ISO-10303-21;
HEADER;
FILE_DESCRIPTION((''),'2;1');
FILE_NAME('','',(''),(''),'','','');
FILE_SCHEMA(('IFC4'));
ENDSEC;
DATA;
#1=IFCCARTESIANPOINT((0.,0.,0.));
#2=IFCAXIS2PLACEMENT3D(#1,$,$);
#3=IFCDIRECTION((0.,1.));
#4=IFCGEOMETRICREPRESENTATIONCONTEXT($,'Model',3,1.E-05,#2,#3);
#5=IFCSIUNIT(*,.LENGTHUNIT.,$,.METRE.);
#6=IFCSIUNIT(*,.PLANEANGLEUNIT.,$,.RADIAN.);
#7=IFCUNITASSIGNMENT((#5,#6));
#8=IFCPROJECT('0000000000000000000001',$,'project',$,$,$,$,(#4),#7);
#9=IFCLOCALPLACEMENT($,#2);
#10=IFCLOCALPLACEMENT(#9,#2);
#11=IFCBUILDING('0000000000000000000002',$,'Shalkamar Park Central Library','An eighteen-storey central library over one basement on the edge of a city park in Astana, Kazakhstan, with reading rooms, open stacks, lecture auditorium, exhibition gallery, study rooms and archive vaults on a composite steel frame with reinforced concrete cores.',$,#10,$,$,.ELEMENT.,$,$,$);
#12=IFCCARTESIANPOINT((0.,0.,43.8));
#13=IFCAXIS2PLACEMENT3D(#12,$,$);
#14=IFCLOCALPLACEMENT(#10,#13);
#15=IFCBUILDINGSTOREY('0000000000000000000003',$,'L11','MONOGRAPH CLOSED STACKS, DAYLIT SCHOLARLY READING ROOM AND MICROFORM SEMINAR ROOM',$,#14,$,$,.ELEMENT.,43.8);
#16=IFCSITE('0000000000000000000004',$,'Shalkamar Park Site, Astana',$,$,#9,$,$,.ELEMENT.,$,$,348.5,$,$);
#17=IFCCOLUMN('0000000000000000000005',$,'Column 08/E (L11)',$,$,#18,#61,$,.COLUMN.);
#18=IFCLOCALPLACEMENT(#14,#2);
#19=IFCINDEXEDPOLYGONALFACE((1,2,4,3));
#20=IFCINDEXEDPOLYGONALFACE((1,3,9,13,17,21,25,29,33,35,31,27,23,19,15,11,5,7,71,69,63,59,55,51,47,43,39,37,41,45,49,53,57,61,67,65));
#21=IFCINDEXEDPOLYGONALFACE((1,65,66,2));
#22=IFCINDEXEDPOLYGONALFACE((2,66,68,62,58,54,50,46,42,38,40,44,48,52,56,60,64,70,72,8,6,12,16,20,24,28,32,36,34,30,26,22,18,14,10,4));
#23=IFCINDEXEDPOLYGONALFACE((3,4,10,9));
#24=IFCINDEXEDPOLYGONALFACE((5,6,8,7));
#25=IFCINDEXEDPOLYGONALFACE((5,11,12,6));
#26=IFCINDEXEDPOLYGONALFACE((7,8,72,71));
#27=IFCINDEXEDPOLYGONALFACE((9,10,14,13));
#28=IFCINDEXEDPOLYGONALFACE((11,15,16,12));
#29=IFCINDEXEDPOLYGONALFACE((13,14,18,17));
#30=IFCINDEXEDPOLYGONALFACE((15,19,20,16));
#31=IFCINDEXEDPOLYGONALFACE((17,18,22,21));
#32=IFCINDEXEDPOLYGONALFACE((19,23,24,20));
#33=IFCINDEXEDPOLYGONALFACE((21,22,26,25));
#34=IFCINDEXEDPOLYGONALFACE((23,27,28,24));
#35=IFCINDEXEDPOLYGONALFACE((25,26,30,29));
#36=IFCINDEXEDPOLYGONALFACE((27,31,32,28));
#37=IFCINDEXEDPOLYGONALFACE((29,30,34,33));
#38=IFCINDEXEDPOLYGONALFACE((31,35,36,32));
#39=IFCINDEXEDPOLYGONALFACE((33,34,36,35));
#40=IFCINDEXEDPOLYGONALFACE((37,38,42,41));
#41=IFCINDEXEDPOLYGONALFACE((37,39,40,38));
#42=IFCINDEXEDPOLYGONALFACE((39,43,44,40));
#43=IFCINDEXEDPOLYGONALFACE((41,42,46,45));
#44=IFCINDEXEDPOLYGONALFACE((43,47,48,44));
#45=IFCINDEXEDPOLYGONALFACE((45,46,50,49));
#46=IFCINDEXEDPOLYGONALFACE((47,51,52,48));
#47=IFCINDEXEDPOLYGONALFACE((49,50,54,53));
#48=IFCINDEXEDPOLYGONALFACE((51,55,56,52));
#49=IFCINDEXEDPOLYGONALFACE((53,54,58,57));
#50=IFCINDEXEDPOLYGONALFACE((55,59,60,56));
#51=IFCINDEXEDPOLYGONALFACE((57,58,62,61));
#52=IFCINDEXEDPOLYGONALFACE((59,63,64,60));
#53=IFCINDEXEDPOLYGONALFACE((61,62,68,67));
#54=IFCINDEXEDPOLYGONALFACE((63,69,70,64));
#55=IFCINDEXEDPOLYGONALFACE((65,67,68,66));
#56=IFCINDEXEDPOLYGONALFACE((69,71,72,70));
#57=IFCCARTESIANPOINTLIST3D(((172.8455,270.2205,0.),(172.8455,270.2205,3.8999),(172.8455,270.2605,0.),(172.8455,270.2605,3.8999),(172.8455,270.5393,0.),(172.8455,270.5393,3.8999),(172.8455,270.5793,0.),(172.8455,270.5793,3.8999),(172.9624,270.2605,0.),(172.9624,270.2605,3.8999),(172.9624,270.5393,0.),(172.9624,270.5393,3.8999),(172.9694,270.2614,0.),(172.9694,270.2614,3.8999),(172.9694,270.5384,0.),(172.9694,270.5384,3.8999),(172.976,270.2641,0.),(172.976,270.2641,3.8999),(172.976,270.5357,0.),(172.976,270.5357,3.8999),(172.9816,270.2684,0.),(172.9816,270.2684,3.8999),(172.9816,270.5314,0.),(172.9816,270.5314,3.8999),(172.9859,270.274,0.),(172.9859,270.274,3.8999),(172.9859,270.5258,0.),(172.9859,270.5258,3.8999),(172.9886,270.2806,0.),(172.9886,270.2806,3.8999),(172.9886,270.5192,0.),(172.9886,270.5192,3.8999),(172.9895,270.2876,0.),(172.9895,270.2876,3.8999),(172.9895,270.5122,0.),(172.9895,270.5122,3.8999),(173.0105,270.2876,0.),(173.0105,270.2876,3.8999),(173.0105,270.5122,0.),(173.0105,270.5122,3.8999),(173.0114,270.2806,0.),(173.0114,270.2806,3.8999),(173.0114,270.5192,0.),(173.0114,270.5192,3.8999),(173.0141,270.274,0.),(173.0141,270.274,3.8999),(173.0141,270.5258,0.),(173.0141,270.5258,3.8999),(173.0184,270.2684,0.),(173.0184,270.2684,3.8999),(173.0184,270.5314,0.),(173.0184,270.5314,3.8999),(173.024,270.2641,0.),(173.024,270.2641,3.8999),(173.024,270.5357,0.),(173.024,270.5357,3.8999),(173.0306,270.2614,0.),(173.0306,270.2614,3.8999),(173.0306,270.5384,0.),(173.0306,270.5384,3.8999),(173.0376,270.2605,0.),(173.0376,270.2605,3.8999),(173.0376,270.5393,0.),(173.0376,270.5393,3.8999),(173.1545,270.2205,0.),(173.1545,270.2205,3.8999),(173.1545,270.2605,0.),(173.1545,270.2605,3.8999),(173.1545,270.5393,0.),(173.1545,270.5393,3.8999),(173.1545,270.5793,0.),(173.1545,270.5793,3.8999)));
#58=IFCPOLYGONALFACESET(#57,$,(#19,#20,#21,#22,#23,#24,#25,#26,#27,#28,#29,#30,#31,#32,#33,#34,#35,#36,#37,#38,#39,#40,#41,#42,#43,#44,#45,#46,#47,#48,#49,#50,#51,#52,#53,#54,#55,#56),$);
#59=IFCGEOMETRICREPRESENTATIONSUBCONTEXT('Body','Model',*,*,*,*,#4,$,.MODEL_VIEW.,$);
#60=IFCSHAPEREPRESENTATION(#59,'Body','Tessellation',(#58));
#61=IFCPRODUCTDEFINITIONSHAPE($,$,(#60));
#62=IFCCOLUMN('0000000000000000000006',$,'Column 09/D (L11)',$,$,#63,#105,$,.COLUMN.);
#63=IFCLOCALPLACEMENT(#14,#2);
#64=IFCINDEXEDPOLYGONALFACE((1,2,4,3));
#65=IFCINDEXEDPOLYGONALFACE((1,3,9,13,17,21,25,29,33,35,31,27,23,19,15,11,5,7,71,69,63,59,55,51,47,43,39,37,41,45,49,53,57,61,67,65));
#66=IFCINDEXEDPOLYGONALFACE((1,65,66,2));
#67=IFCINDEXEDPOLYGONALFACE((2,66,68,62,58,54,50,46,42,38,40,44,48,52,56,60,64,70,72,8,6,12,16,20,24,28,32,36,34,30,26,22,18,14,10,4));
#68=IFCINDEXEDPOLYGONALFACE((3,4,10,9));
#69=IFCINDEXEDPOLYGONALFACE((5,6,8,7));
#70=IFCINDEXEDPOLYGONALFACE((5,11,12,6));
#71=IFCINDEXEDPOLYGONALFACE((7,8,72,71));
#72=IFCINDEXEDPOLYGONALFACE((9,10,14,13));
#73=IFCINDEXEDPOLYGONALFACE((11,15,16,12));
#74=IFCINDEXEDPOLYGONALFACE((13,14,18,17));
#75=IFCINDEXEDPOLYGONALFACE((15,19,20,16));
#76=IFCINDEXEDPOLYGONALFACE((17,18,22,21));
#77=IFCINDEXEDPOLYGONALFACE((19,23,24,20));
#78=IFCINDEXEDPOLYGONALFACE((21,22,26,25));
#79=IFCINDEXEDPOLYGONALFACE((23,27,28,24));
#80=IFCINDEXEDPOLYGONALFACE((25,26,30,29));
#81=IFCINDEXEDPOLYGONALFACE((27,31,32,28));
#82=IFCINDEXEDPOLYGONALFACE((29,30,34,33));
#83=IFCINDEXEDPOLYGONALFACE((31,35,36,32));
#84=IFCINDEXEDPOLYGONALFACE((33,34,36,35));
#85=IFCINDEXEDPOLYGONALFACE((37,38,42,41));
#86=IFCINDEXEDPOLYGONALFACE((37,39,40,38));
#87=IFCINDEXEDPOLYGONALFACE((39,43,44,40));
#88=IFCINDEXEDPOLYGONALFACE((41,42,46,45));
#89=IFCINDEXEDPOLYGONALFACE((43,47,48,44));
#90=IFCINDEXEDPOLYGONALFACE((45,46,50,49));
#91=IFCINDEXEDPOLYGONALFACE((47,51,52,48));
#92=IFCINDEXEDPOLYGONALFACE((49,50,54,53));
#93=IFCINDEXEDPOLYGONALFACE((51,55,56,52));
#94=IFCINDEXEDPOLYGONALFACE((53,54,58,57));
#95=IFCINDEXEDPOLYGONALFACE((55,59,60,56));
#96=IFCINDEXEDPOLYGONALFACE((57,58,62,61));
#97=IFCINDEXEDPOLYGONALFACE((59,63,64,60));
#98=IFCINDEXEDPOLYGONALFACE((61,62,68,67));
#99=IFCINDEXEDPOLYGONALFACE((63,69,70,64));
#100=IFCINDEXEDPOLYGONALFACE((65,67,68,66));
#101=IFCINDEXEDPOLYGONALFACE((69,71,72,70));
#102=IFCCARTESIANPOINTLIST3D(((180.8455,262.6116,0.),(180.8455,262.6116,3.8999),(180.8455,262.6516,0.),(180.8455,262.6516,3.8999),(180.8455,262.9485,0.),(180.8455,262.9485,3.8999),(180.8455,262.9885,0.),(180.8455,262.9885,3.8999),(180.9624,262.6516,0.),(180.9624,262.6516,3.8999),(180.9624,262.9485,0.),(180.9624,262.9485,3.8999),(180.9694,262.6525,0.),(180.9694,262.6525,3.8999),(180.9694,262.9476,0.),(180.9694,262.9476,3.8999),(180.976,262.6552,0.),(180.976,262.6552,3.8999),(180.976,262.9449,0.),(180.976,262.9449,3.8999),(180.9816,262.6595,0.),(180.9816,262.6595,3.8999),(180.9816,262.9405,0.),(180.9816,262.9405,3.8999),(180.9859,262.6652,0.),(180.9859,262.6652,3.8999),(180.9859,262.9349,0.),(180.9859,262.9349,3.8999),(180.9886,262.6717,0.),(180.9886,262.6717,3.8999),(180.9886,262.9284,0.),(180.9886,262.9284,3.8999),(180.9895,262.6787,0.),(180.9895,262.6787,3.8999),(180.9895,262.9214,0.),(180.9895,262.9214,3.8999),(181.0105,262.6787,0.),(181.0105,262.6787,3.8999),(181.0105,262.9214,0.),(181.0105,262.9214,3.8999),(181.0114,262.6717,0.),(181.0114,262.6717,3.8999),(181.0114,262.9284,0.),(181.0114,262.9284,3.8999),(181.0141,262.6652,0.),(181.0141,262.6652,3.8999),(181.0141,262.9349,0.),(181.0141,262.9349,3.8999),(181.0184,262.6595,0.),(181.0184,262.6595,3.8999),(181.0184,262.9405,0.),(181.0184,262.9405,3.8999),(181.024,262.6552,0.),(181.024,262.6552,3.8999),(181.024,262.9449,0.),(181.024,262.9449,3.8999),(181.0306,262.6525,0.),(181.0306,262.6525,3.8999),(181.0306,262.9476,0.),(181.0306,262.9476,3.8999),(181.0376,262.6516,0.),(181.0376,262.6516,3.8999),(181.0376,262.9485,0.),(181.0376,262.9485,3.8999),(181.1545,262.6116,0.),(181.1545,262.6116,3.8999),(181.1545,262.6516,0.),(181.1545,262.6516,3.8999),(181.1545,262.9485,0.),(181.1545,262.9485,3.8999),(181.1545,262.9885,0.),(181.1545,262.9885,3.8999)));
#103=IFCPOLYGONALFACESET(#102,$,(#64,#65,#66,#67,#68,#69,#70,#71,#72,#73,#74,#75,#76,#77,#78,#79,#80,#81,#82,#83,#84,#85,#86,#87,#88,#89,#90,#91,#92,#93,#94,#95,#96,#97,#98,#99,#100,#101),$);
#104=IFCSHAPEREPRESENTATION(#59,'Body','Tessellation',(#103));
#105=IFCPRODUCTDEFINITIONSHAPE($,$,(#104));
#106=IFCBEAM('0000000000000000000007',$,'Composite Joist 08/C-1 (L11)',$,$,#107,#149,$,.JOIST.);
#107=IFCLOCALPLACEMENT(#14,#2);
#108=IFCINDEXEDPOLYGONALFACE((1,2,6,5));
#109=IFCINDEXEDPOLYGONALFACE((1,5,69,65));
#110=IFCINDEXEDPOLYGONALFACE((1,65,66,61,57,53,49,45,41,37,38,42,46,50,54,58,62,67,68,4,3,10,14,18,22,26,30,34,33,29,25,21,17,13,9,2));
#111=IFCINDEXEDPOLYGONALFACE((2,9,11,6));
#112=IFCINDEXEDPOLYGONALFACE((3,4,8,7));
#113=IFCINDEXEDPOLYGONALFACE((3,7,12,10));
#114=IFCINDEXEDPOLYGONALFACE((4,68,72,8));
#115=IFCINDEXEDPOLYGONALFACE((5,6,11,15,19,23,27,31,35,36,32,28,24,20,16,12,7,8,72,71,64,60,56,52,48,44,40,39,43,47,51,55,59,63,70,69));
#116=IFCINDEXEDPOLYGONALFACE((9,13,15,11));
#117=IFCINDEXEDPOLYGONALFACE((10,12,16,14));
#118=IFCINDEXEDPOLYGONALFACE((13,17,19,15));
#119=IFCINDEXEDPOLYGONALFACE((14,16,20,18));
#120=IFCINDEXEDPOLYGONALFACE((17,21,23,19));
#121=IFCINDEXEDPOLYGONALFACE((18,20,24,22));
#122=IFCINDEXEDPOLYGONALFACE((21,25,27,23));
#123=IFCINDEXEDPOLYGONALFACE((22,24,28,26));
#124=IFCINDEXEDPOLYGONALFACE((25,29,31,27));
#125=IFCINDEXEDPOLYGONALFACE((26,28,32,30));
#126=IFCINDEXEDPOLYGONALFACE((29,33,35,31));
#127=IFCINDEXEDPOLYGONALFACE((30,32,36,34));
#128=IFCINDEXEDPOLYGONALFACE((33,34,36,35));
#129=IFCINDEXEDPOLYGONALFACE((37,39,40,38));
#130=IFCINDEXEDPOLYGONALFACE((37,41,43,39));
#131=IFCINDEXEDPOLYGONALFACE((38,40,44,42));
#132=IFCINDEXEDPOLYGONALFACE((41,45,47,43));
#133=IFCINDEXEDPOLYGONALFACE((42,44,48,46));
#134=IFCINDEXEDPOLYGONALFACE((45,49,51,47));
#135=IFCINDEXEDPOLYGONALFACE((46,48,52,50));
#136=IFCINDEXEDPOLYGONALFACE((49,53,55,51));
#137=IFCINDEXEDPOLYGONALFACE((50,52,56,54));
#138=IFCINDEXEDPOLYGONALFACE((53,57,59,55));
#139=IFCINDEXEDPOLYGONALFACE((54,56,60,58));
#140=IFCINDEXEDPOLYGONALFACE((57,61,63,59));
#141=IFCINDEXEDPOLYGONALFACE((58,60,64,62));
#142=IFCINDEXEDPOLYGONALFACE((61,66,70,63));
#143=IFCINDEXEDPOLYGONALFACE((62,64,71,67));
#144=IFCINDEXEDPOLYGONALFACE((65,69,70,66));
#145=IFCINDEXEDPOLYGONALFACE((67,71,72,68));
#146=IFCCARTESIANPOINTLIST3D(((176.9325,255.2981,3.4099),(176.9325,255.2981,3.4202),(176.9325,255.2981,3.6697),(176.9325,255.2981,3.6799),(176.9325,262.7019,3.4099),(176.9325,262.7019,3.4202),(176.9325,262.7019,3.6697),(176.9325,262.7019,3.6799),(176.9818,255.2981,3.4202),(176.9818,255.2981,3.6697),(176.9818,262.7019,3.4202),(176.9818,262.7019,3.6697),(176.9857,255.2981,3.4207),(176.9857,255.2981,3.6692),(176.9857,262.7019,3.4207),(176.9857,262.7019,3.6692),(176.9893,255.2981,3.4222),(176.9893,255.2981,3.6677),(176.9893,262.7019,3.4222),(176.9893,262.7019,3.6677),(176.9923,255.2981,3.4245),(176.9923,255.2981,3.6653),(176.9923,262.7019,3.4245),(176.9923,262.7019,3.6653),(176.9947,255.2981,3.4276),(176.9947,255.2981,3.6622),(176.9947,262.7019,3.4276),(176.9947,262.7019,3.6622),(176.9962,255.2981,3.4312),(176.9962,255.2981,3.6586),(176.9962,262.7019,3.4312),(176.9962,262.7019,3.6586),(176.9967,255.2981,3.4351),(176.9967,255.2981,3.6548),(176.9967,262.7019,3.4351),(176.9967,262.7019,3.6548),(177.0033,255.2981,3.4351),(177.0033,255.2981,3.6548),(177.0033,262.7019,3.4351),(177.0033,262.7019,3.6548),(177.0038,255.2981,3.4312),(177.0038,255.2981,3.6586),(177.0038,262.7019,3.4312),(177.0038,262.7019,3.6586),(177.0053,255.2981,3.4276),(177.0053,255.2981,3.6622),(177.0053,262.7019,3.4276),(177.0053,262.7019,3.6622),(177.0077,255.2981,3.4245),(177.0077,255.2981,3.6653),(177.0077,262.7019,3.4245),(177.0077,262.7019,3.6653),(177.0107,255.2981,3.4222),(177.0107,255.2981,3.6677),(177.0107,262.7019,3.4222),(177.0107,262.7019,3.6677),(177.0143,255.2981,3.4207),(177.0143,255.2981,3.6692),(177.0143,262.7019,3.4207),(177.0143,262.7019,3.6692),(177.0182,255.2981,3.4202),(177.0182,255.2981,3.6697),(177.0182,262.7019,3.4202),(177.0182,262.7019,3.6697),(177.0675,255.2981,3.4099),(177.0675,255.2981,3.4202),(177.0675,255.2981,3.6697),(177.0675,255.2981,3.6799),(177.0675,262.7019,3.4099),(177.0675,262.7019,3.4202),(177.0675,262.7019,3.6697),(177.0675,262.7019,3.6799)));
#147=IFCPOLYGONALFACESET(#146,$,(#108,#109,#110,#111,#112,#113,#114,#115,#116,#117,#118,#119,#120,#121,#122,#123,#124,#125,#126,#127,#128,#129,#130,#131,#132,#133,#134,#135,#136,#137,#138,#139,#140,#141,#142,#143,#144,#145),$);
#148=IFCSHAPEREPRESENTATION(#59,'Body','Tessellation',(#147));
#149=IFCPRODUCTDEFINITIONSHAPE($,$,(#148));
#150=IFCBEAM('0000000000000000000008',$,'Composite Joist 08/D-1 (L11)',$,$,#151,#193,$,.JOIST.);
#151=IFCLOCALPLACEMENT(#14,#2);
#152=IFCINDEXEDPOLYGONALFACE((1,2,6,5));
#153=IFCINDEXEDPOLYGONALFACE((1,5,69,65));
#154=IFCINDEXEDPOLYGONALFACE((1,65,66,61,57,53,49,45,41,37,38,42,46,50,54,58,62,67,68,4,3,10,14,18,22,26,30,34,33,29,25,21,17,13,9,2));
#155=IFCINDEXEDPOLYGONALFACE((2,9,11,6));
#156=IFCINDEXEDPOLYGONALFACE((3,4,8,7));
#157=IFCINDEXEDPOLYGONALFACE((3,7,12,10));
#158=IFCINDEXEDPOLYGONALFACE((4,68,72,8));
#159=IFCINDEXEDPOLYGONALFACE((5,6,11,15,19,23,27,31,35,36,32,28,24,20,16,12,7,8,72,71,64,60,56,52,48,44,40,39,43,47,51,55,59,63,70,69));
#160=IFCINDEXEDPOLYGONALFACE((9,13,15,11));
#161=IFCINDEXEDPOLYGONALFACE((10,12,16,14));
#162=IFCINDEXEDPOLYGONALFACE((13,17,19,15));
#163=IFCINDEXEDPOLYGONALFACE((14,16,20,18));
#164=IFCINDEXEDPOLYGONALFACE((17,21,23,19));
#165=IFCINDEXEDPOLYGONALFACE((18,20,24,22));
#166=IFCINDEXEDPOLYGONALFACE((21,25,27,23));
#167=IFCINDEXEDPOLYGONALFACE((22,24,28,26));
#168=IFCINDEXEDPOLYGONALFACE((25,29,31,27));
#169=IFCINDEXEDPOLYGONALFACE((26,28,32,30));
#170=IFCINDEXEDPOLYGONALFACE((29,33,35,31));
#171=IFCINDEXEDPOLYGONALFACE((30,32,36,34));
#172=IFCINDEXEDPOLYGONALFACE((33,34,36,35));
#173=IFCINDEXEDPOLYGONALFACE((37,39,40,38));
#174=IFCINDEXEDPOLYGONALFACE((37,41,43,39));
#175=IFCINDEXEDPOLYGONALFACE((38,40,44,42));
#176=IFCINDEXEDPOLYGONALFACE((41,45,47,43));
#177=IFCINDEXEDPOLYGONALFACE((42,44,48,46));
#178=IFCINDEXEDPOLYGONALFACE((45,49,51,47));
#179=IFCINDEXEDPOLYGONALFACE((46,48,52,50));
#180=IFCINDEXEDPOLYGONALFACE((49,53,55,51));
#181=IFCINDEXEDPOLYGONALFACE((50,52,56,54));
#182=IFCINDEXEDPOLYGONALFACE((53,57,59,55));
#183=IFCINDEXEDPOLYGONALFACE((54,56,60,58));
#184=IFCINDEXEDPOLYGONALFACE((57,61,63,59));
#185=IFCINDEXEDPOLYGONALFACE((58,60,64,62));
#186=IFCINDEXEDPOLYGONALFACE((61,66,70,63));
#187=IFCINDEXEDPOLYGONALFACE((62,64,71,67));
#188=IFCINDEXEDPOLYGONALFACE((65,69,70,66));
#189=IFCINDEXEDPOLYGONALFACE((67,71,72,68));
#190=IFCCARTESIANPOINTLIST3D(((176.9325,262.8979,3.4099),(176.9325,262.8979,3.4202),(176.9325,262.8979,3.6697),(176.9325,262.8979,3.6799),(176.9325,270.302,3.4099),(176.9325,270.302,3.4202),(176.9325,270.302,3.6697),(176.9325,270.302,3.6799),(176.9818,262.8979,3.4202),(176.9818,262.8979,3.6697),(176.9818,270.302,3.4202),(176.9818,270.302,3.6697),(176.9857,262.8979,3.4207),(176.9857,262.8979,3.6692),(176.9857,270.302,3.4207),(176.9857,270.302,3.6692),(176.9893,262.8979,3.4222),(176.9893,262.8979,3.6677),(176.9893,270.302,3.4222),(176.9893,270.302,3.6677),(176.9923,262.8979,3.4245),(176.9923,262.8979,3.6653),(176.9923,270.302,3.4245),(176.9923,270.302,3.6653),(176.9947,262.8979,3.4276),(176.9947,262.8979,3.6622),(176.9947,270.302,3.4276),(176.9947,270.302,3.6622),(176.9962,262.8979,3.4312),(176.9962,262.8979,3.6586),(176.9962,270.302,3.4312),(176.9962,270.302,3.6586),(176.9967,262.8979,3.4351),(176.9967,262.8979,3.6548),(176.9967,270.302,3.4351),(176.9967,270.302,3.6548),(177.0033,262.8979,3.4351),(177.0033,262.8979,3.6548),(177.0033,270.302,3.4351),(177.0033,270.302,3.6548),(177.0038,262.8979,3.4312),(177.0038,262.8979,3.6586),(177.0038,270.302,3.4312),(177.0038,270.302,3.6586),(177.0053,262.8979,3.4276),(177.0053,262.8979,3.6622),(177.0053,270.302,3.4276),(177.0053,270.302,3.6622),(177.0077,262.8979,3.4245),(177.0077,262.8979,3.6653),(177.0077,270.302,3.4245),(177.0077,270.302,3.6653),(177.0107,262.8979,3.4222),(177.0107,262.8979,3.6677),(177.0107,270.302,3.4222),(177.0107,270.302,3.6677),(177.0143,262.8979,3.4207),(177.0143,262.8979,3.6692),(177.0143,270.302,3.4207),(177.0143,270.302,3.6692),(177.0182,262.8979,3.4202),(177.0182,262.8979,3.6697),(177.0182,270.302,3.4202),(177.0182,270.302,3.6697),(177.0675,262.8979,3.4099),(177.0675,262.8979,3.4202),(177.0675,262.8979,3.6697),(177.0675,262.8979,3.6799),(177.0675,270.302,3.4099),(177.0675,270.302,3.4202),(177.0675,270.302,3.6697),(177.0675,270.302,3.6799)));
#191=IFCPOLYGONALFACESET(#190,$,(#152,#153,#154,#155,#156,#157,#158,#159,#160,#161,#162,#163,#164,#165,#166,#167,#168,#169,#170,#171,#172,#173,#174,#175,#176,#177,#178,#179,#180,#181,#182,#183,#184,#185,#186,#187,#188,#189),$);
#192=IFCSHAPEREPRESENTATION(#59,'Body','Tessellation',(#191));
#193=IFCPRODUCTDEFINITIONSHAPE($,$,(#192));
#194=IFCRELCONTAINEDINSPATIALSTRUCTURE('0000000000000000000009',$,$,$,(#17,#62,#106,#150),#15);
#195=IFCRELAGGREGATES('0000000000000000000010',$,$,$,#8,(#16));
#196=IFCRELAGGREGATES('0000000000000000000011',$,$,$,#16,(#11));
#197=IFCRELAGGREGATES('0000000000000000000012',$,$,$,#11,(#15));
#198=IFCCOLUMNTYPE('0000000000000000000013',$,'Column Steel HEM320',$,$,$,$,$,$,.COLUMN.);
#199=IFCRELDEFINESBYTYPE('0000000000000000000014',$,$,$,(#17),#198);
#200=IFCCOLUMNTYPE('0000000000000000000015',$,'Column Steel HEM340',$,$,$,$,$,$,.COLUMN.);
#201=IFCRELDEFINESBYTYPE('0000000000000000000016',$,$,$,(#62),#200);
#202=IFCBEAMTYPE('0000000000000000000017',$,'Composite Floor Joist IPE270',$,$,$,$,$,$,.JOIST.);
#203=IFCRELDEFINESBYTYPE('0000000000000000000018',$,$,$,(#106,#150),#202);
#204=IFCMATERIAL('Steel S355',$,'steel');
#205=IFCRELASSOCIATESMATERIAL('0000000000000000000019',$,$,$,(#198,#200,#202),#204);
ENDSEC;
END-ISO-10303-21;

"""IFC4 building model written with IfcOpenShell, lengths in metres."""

from ifc_helpers import new_model, si_unit, direction, frame, origin, origin_2d, place, context, subcontext, project, spatial, i_section, extrude, material, material_profile, profile_set, type_object, element, save


model = new_model("IFC4")

# Units and contexts
model_context = context("Model", 3, precision=1e-05, world=origin(), true_north=direction((0.0, 1.0)))
body_context = subcontext(model_context, "Body", "Model", "MODEL_VIEW")
ifc_project = project(units=[si_unit("LENGTHUNIT", "METRE"), si_unit("PLANEANGLEUNIT", "RADIAN")], contexts=[model_context])

# Site, building, storey
site_placement = place(None, origin())
site = spatial("IfcSite", under=ifc_project, at=site_placement, Name="Shalkamar Park Site, Astana", CompositionType="ELEMENT", RefElevation=348.5)
building_placement = place(site_placement, origin())
building = spatial("IfcBuilding", under=site, at=building_placement, Name="Shalkamar Park Central Library", Description="An eighteen-storey central library over one basement on the edge of a city park in Astana, Kazakhstan, with reading rooms, open stacks, lecture auditorium, exhibition gallery, study rooms and archive vaults on a composite steel frame with reinforced concrete cores.", CompositionType="ELEMENT")
storey_placement = place(building_placement, frame((0.0, 0.0, 43.8)))
storey = spatial("IfcBuildingStorey", under=building, at=storey_placement, Name="L11", Description="MONOGRAPH CLOSED STACKS, DAYLIT SCHOLARLY READING ROOM AND MICROFORM SEMINAR ROOM", CompositionType="ELEMENT", Elevation=43.8)

# Columns
ifc_material_1 = material(Name="Steel S355", Category="steel")
ifc_material_profile_1 = material_profile(ifc_material_1, i_section(OverallWidth=0.3091, OverallDepth=0.3589, WebThickness=0.021, FlangeThickness=0.04, FilletRadius=0.0271, at=origin_2d()), Name="HEM 320")
ifc_profile_set_1 = profile_set([ifc_material_profile_1], Name="Steel S355")
column_type_1 = type_object("IfcColumnType", Name="Column Steel HEM320", PredefinedType="COLUMN", material=ifc_profile_set_1)
column_1_placement = place(storey_placement, frame((173.0, 270.3999, 0.0), z_axis=(0.0, 0.0, 1.0), x_axis=(1.0, 0.0, 0.0)))
element("IfcColumn", 1, at=column_1_placement, inside=storey, type_object=column_type_1, Name="Column 08/E (L11)", PredefinedType="COLUMN", context=body_context, shape_type="SweptSolid", body=[
    extrude(i_section(OverallWidth=0.3091, OverallDepth=0.3589, WebThickness=0.021, FlangeThickness=0.04, FilletRadius=0.0271, at=origin_2d()), origin(), (0.0, 0.0, 1.0), 3.8999),
])
ifc_material_profile_2 = material_profile(ifc_material_1, i_section(OverallWidth=0.3091, OverallDepth=0.377, WebThickness=0.021, FlangeThickness=0.04, FilletRadius=0.0271, at=origin_2d()), Name="HEM 340")
ifc_profile_set_2 = profile_set([ifc_material_profile_2], Name="Steel S355")
column_type_2 = type_object("IfcColumnType", Name="Column Steel HEM340", PredefinedType="COLUMN", material=ifc_profile_set_2)
column_2_placement = place(storey_placement, frame((181.0, 262.8, 0.0), z_axis=(0.0, 0.0, 1.0), x_axis=(1.0, 0.0, 0.0)))
element("IfcColumn", 2, at=column_2_placement, inside=storey, type_object=column_type_2, Name="Column 09/D (L11)", PredefinedType="COLUMN", context=body_context, shape_type="SweptSolid", body=[
    extrude(i_section(OverallWidth=0.3091, OverallDepth=0.377, WebThickness=0.021, FlangeThickness=0.04, FilletRadius=0.0271, at=origin_2d()), origin(), (0.0, 0.0, 1.0), 3.8999),
])

# Beams
ifc_material_profile_3 = material_profile(ifc_material_1, i_section(OverallWidth=0.135, OverallDepth=0.27, WebThickness=0.0066, FlangeThickness=0.0103, FilletRadius=0.0149, at=origin_2d()), Name="IPE 270")
ifc_profile_set_3 = profile_set([ifc_material_profile_3], Name="Steel S355")
beam_type_1 = type_object("IfcBeamType", Name="Composite Floor Joist IPE270", PredefinedType="JOIST", material=ifc_profile_set_3)
beam_1_placement = place(storey_placement, frame((177.0, 255.2981, 3.5449), z_axis=(0.0, 1.0, 0.0), x_axis=(-1.0, 0.0, 0.0)))
element("IfcBeam", 3, at=beam_1_placement, inside=storey, type_object=beam_type_1, Name="Composite Joist 08/C-1 (L11)", PredefinedType="JOIST", context=body_context, shape_type="SweptSolid", body=[
    extrude(i_section(OverallWidth=0.135, OverallDepth=0.27, WebThickness=0.0066, FlangeThickness=0.0103, FilletRadius=0.0149, at=origin_2d()), origin(), (0.0, 0.0, 1.0), 7.4038),
])
for number, where, z_axis, x_axis, name in (
    (4, (177.0, 262.8979, 3.5449), (0.0, 1.0, 0.0), (-1.0, 0.0, 0.0), "Composite Joist 08/D-1 (L11)"),
):
    element("IfcBeam", number, at=place(storey_placement, frame(where, z_axis=z_axis, x_axis=x_axis)), inside=storey, type_object=beam_type_1, Name=name, PredefinedType="JOIST", context=body_context, shape_type="SweptSolid", body=[
        extrude(i_section(OverallWidth=0.135, OverallDepth=0.27, WebThickness=0.0066, FlangeThickness=0.0103, FilletRadius=0.0149, at=origin_2d()), origin(), (0.0, 0.0, 1.0), 7.4041),
    ])

save(model, "model.ifc")
